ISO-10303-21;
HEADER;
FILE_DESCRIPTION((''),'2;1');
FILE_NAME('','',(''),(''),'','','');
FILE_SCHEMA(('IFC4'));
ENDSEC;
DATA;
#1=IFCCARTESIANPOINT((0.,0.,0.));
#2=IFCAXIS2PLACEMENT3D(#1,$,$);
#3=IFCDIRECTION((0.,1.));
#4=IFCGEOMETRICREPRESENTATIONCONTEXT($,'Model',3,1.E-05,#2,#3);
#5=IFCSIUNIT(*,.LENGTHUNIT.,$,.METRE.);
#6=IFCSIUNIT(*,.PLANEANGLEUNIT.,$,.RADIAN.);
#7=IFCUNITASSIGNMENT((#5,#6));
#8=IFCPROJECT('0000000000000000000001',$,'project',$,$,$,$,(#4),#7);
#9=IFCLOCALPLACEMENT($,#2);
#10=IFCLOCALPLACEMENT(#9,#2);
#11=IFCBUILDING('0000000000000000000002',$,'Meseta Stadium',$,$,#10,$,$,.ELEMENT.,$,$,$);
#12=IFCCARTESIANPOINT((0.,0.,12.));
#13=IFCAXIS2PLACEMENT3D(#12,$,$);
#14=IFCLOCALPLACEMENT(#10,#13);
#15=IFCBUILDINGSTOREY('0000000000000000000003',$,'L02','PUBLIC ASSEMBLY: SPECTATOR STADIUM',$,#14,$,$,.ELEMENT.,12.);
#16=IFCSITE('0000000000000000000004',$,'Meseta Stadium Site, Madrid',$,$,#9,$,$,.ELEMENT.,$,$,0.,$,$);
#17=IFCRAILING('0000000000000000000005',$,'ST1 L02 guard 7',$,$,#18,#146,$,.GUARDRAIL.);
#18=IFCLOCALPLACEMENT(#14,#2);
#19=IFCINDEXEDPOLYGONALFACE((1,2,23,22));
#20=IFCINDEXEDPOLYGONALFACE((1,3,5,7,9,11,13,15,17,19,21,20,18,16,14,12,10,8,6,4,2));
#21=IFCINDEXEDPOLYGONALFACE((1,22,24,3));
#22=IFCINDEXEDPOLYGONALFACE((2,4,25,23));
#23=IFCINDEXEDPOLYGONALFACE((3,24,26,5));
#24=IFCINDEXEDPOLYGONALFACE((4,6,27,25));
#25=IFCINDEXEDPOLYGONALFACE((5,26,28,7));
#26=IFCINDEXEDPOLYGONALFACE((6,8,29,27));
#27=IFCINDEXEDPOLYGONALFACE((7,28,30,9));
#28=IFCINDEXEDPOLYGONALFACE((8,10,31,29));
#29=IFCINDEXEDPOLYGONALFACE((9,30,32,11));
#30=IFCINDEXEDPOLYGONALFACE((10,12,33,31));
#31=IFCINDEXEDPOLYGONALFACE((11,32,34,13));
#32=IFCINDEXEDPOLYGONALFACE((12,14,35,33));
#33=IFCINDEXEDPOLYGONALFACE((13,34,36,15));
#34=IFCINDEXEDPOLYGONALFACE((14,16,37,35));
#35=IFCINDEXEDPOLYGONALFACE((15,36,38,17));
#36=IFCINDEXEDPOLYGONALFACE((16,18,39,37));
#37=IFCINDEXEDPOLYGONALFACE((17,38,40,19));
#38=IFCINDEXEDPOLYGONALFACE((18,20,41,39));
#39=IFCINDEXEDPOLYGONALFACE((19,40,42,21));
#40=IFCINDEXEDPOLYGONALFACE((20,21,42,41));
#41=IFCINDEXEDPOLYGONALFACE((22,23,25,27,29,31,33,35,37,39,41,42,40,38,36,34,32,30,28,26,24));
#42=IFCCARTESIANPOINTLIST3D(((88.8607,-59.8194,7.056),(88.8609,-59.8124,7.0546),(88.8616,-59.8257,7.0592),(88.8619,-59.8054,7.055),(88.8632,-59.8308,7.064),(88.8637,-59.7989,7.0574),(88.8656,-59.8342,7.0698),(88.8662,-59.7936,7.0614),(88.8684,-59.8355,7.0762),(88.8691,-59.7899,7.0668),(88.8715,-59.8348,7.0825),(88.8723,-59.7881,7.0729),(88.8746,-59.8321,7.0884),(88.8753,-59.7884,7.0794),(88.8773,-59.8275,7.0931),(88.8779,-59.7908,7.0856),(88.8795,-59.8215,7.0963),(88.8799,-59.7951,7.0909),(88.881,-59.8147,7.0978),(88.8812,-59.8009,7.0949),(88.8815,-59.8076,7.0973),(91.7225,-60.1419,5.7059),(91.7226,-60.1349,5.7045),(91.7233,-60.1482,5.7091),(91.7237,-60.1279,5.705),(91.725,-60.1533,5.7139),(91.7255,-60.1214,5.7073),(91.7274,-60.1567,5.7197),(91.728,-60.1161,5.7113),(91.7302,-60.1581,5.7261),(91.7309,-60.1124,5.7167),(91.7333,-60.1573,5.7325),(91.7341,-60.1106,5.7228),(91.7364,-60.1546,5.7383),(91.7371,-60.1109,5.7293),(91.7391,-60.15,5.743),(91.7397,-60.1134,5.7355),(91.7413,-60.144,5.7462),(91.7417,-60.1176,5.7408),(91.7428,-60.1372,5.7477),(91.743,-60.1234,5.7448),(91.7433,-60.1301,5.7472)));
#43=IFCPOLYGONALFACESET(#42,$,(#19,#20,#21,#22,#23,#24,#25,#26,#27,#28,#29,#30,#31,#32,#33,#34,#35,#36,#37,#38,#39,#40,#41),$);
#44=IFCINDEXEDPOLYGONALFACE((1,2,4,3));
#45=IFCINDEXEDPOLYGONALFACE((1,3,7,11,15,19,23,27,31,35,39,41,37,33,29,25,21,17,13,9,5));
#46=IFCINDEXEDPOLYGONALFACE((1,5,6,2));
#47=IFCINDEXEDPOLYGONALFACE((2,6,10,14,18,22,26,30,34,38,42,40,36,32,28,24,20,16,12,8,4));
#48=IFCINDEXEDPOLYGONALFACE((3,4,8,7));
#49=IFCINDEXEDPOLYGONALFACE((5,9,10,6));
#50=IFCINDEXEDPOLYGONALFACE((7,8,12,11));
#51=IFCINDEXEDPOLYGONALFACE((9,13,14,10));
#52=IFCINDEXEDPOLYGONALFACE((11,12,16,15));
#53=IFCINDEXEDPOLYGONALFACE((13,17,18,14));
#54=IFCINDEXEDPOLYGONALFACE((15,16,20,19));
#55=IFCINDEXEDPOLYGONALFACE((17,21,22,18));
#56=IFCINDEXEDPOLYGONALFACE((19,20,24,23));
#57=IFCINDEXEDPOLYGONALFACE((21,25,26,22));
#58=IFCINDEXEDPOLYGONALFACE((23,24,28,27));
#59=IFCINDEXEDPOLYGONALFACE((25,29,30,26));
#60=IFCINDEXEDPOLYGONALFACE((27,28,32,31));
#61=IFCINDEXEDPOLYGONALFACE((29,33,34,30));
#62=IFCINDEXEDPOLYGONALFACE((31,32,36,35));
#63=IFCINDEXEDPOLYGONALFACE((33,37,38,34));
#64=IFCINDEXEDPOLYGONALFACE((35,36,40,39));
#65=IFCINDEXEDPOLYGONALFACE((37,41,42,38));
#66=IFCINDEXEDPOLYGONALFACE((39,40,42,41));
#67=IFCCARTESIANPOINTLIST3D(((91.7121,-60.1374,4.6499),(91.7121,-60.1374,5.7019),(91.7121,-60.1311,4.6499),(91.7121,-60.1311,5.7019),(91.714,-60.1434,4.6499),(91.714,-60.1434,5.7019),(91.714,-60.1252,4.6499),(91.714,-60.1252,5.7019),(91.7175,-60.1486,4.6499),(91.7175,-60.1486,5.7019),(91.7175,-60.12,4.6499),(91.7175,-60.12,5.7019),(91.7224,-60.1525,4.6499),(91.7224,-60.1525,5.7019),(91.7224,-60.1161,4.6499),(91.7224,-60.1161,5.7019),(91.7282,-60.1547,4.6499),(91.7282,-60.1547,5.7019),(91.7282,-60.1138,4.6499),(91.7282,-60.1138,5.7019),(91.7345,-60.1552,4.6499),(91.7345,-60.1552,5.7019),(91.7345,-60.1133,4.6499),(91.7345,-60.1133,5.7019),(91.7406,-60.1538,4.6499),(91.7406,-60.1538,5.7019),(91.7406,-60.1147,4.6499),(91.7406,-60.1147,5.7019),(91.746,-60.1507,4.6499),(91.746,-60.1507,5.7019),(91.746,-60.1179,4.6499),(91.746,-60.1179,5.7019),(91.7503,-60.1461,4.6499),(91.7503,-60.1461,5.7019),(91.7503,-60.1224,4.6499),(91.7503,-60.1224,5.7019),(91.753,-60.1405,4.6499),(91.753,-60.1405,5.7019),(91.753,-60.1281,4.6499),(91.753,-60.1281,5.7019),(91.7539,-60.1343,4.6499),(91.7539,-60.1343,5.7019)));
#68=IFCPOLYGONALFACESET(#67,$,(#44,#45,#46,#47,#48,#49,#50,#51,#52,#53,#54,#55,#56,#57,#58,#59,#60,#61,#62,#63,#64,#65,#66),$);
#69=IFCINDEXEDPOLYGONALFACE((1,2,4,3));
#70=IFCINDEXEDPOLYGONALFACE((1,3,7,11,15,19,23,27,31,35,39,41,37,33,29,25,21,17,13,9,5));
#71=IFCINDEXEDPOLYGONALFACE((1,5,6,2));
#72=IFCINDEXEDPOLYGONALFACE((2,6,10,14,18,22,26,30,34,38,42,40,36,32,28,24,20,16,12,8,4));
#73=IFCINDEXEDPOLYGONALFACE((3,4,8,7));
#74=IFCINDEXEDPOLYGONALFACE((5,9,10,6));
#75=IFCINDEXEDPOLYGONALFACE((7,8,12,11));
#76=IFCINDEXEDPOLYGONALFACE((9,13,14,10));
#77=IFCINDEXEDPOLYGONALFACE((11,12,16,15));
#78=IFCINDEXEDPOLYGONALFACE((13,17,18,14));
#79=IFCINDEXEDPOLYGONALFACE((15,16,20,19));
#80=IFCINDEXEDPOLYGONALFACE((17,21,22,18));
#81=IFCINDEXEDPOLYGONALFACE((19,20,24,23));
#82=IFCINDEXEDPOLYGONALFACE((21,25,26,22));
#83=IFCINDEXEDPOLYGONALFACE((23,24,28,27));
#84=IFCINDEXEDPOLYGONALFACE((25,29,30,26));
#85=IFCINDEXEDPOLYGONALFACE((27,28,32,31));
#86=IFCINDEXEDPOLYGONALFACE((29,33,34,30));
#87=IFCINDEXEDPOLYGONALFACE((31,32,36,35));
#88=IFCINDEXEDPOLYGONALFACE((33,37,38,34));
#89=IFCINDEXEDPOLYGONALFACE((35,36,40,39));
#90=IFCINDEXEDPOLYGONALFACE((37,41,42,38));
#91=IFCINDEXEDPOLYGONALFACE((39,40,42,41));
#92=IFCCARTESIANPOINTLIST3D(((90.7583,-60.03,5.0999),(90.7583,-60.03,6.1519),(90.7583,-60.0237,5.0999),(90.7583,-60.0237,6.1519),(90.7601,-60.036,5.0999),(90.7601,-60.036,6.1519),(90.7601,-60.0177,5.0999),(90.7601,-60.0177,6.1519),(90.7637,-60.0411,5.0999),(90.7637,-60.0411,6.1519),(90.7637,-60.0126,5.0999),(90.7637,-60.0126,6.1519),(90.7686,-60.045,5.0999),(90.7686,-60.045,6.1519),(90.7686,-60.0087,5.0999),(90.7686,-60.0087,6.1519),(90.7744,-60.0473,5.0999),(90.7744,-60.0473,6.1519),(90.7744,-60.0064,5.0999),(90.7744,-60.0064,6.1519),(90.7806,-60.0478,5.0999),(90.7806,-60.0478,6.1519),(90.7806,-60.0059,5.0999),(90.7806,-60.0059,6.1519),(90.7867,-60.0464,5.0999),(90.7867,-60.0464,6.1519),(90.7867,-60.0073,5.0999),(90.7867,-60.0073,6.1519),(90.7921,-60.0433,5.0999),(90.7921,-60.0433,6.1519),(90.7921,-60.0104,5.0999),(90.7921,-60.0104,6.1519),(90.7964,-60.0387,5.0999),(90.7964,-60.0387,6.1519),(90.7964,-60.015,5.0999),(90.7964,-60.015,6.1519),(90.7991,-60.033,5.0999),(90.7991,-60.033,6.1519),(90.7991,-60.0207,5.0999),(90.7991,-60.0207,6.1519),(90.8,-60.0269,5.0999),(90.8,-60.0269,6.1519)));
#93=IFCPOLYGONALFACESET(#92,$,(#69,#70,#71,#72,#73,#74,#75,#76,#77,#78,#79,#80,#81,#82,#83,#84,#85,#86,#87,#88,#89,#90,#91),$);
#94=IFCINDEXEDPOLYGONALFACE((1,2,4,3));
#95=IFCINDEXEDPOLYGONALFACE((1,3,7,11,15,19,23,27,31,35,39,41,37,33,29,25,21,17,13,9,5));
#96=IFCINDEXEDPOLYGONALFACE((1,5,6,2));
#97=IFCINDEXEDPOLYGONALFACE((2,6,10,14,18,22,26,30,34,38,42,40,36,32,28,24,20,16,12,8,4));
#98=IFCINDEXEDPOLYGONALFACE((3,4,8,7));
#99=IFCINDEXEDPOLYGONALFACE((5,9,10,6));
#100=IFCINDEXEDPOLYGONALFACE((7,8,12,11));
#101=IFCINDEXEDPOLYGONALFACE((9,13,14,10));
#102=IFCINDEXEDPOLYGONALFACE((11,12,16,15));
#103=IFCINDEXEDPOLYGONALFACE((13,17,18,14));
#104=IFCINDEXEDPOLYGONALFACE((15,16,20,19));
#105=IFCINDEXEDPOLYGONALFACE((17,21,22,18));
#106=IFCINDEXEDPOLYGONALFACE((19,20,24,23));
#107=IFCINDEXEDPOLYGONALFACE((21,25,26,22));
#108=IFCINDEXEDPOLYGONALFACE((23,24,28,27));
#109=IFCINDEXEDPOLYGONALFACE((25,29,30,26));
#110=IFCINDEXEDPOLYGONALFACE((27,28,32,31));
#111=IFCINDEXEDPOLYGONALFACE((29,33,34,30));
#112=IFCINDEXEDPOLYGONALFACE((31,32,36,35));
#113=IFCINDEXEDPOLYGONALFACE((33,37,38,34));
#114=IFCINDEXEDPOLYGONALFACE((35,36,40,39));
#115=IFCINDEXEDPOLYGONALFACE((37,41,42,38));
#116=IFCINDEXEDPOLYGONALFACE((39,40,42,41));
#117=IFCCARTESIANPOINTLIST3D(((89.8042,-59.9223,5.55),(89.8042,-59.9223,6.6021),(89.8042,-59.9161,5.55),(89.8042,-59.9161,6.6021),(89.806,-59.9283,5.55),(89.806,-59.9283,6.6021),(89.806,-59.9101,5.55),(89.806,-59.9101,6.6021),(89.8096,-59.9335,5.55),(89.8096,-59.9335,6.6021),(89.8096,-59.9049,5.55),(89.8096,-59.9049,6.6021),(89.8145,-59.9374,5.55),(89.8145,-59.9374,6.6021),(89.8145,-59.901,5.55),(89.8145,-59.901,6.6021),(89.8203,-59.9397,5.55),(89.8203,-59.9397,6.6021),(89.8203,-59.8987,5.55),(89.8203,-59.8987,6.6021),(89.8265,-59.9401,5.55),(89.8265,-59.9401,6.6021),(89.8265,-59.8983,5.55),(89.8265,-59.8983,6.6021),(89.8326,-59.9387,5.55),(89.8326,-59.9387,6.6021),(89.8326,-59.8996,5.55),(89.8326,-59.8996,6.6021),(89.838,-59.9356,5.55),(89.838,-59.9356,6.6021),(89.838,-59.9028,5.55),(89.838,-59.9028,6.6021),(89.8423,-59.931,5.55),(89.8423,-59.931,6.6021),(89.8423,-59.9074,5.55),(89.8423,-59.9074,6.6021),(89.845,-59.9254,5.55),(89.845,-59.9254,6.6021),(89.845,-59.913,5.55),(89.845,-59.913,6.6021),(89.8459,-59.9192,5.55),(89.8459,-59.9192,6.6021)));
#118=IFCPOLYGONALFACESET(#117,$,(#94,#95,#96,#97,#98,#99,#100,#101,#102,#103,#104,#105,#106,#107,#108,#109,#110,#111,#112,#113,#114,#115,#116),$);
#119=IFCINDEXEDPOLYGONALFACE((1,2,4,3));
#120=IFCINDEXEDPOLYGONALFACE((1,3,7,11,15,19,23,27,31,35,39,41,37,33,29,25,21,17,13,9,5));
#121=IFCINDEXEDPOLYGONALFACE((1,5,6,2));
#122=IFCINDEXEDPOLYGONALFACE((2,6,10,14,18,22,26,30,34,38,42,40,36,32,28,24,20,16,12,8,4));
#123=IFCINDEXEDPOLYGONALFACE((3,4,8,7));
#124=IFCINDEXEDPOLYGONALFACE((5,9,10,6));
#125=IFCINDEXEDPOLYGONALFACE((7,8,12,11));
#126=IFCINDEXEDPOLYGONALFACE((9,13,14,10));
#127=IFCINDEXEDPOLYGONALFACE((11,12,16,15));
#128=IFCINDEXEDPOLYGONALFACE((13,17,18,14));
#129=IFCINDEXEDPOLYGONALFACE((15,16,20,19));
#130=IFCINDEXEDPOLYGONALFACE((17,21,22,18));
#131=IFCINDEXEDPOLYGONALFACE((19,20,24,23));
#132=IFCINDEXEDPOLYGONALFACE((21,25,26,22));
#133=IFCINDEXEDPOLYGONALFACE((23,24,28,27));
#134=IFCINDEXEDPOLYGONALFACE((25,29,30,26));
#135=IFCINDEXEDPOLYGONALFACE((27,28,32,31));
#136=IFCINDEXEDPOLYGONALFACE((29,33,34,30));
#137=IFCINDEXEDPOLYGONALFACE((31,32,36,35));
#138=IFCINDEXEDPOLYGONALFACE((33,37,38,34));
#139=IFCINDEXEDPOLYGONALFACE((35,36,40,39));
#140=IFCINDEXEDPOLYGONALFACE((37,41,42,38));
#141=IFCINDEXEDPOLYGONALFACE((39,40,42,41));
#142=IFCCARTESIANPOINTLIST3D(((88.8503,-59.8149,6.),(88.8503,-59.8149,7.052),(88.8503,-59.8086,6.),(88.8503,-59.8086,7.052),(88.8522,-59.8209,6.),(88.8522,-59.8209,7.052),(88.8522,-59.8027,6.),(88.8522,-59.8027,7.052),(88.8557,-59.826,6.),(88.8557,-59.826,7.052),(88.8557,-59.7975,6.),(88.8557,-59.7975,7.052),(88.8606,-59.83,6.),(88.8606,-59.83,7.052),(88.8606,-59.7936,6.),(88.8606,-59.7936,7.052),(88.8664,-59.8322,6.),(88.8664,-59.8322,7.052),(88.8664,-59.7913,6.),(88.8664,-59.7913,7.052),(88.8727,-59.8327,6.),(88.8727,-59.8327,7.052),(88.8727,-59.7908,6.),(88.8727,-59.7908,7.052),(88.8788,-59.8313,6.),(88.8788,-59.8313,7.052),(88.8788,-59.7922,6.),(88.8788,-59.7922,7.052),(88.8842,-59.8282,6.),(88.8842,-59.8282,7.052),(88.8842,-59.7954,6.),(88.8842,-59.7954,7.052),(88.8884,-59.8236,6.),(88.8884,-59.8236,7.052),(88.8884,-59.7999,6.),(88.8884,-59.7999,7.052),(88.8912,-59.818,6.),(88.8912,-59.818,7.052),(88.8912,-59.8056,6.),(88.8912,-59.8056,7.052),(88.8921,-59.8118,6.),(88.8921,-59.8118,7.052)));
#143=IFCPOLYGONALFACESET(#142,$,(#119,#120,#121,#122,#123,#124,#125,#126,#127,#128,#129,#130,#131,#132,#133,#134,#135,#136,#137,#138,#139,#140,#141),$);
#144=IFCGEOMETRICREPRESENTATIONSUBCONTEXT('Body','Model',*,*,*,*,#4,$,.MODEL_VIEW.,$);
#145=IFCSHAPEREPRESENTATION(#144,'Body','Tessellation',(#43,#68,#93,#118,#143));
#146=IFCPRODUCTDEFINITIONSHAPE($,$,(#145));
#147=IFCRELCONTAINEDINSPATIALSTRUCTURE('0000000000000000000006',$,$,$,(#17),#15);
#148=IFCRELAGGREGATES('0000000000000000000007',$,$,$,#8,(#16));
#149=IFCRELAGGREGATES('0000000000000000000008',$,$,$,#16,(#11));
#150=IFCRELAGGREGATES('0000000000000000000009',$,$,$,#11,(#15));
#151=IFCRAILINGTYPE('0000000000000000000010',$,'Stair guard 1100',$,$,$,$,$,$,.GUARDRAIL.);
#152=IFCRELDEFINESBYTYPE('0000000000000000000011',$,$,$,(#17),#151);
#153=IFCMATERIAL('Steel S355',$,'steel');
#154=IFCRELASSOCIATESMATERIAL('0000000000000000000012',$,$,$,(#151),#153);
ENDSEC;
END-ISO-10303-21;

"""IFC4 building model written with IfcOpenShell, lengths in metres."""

from ifc_helpers import new_model, si_unit, direction, frame, origin, origin_2d, place, context, subcontext, project, spatial, circle, extrude, material, type_object, element, save


model = new_model("IFC4")

# Units and contexts
model_context = context("Model", 3, precision=1e-05, world=origin(), true_north=direction((0.0, 1.0)))
body_context = subcontext(model_context, "Body", "Model", "MODEL_VIEW")
ifc_project = project(units=[si_unit("LENGTHUNIT", "METRE"), si_unit("PLANEANGLEUNIT", "RADIAN")], contexts=[model_context])

# Site, building, storey
site_placement = place(None, origin())
site = spatial("IfcSite", under=ifc_project, at=site_placement, Name="Meseta Stadium Site, Madrid", CompositionType="ELEMENT", RefElevation=0.0)
building_placement = place(site_placement, origin())
building = spatial("IfcBuilding", under=site, at=building_placement, Name="Meseta Stadium", CompositionType="ELEMENT")
storey_placement = place(building_placement, frame((0.0, 0.0, 12.0)))
storey = spatial("IfcBuildingStorey", under=building, at=storey_placement, Name="L02", Description="PUBLIC ASSEMBLY: SPECTATOR STADIUM", CompositionType="ELEMENT", Elevation=12.0)

# Railing
ifc_material_1 = material(Name="Steel S355", Category="steel")
railing_type_1 = type_object("IfcRailingType", Name="Stair guard 1100", PredefinedType="GUARDRAIL", material=ifc_material_1)
railing_1_placement = place(storey_placement, frame((91.7329, -60.1343, 4.6499)))
element("IfcRailing", 1, at=railing_1_placement, inside=storey, type_object=railing_type_1, Name="ST1 L02 guard 7", PredefinedType="GUARDRAIL", context=body_context, shape_type="SweptSolid", body=[
    extrude(circle(Radius=0.0239, at=origin_2d()), frame((0.0, 0.0, 1.0762), z_axis=(-0.899748, 0.101396, 0.424467), x_axis=(-0.111985, -0.99371, 0.0)), (0.0, 0.0, 1.0), 3.1807),
    extrude(circle(Radius=0.021, at=origin_2d()), origin(), (0.0, 0.0, 1.0), 1.052),
    extrude(circle(Radius=0.021, at=origin_2d()), frame((-0.9539, 0.1074, 0.45)), (0.0, 0.0, 1.0), 1.052),
    extrude(circle(Radius=0.021, at=origin_2d()), frame((-1.908, 0.2151, 0.9001)), (0.0, 0.0, 1.0), 1.052),
    extrude(circle(Radius=0.021, at=origin_2d()), frame((-2.8618, 0.3225, 1.3501)), (0.0, 0.0, 1.0), 1.052),
])

save(model, "model.ifc")
